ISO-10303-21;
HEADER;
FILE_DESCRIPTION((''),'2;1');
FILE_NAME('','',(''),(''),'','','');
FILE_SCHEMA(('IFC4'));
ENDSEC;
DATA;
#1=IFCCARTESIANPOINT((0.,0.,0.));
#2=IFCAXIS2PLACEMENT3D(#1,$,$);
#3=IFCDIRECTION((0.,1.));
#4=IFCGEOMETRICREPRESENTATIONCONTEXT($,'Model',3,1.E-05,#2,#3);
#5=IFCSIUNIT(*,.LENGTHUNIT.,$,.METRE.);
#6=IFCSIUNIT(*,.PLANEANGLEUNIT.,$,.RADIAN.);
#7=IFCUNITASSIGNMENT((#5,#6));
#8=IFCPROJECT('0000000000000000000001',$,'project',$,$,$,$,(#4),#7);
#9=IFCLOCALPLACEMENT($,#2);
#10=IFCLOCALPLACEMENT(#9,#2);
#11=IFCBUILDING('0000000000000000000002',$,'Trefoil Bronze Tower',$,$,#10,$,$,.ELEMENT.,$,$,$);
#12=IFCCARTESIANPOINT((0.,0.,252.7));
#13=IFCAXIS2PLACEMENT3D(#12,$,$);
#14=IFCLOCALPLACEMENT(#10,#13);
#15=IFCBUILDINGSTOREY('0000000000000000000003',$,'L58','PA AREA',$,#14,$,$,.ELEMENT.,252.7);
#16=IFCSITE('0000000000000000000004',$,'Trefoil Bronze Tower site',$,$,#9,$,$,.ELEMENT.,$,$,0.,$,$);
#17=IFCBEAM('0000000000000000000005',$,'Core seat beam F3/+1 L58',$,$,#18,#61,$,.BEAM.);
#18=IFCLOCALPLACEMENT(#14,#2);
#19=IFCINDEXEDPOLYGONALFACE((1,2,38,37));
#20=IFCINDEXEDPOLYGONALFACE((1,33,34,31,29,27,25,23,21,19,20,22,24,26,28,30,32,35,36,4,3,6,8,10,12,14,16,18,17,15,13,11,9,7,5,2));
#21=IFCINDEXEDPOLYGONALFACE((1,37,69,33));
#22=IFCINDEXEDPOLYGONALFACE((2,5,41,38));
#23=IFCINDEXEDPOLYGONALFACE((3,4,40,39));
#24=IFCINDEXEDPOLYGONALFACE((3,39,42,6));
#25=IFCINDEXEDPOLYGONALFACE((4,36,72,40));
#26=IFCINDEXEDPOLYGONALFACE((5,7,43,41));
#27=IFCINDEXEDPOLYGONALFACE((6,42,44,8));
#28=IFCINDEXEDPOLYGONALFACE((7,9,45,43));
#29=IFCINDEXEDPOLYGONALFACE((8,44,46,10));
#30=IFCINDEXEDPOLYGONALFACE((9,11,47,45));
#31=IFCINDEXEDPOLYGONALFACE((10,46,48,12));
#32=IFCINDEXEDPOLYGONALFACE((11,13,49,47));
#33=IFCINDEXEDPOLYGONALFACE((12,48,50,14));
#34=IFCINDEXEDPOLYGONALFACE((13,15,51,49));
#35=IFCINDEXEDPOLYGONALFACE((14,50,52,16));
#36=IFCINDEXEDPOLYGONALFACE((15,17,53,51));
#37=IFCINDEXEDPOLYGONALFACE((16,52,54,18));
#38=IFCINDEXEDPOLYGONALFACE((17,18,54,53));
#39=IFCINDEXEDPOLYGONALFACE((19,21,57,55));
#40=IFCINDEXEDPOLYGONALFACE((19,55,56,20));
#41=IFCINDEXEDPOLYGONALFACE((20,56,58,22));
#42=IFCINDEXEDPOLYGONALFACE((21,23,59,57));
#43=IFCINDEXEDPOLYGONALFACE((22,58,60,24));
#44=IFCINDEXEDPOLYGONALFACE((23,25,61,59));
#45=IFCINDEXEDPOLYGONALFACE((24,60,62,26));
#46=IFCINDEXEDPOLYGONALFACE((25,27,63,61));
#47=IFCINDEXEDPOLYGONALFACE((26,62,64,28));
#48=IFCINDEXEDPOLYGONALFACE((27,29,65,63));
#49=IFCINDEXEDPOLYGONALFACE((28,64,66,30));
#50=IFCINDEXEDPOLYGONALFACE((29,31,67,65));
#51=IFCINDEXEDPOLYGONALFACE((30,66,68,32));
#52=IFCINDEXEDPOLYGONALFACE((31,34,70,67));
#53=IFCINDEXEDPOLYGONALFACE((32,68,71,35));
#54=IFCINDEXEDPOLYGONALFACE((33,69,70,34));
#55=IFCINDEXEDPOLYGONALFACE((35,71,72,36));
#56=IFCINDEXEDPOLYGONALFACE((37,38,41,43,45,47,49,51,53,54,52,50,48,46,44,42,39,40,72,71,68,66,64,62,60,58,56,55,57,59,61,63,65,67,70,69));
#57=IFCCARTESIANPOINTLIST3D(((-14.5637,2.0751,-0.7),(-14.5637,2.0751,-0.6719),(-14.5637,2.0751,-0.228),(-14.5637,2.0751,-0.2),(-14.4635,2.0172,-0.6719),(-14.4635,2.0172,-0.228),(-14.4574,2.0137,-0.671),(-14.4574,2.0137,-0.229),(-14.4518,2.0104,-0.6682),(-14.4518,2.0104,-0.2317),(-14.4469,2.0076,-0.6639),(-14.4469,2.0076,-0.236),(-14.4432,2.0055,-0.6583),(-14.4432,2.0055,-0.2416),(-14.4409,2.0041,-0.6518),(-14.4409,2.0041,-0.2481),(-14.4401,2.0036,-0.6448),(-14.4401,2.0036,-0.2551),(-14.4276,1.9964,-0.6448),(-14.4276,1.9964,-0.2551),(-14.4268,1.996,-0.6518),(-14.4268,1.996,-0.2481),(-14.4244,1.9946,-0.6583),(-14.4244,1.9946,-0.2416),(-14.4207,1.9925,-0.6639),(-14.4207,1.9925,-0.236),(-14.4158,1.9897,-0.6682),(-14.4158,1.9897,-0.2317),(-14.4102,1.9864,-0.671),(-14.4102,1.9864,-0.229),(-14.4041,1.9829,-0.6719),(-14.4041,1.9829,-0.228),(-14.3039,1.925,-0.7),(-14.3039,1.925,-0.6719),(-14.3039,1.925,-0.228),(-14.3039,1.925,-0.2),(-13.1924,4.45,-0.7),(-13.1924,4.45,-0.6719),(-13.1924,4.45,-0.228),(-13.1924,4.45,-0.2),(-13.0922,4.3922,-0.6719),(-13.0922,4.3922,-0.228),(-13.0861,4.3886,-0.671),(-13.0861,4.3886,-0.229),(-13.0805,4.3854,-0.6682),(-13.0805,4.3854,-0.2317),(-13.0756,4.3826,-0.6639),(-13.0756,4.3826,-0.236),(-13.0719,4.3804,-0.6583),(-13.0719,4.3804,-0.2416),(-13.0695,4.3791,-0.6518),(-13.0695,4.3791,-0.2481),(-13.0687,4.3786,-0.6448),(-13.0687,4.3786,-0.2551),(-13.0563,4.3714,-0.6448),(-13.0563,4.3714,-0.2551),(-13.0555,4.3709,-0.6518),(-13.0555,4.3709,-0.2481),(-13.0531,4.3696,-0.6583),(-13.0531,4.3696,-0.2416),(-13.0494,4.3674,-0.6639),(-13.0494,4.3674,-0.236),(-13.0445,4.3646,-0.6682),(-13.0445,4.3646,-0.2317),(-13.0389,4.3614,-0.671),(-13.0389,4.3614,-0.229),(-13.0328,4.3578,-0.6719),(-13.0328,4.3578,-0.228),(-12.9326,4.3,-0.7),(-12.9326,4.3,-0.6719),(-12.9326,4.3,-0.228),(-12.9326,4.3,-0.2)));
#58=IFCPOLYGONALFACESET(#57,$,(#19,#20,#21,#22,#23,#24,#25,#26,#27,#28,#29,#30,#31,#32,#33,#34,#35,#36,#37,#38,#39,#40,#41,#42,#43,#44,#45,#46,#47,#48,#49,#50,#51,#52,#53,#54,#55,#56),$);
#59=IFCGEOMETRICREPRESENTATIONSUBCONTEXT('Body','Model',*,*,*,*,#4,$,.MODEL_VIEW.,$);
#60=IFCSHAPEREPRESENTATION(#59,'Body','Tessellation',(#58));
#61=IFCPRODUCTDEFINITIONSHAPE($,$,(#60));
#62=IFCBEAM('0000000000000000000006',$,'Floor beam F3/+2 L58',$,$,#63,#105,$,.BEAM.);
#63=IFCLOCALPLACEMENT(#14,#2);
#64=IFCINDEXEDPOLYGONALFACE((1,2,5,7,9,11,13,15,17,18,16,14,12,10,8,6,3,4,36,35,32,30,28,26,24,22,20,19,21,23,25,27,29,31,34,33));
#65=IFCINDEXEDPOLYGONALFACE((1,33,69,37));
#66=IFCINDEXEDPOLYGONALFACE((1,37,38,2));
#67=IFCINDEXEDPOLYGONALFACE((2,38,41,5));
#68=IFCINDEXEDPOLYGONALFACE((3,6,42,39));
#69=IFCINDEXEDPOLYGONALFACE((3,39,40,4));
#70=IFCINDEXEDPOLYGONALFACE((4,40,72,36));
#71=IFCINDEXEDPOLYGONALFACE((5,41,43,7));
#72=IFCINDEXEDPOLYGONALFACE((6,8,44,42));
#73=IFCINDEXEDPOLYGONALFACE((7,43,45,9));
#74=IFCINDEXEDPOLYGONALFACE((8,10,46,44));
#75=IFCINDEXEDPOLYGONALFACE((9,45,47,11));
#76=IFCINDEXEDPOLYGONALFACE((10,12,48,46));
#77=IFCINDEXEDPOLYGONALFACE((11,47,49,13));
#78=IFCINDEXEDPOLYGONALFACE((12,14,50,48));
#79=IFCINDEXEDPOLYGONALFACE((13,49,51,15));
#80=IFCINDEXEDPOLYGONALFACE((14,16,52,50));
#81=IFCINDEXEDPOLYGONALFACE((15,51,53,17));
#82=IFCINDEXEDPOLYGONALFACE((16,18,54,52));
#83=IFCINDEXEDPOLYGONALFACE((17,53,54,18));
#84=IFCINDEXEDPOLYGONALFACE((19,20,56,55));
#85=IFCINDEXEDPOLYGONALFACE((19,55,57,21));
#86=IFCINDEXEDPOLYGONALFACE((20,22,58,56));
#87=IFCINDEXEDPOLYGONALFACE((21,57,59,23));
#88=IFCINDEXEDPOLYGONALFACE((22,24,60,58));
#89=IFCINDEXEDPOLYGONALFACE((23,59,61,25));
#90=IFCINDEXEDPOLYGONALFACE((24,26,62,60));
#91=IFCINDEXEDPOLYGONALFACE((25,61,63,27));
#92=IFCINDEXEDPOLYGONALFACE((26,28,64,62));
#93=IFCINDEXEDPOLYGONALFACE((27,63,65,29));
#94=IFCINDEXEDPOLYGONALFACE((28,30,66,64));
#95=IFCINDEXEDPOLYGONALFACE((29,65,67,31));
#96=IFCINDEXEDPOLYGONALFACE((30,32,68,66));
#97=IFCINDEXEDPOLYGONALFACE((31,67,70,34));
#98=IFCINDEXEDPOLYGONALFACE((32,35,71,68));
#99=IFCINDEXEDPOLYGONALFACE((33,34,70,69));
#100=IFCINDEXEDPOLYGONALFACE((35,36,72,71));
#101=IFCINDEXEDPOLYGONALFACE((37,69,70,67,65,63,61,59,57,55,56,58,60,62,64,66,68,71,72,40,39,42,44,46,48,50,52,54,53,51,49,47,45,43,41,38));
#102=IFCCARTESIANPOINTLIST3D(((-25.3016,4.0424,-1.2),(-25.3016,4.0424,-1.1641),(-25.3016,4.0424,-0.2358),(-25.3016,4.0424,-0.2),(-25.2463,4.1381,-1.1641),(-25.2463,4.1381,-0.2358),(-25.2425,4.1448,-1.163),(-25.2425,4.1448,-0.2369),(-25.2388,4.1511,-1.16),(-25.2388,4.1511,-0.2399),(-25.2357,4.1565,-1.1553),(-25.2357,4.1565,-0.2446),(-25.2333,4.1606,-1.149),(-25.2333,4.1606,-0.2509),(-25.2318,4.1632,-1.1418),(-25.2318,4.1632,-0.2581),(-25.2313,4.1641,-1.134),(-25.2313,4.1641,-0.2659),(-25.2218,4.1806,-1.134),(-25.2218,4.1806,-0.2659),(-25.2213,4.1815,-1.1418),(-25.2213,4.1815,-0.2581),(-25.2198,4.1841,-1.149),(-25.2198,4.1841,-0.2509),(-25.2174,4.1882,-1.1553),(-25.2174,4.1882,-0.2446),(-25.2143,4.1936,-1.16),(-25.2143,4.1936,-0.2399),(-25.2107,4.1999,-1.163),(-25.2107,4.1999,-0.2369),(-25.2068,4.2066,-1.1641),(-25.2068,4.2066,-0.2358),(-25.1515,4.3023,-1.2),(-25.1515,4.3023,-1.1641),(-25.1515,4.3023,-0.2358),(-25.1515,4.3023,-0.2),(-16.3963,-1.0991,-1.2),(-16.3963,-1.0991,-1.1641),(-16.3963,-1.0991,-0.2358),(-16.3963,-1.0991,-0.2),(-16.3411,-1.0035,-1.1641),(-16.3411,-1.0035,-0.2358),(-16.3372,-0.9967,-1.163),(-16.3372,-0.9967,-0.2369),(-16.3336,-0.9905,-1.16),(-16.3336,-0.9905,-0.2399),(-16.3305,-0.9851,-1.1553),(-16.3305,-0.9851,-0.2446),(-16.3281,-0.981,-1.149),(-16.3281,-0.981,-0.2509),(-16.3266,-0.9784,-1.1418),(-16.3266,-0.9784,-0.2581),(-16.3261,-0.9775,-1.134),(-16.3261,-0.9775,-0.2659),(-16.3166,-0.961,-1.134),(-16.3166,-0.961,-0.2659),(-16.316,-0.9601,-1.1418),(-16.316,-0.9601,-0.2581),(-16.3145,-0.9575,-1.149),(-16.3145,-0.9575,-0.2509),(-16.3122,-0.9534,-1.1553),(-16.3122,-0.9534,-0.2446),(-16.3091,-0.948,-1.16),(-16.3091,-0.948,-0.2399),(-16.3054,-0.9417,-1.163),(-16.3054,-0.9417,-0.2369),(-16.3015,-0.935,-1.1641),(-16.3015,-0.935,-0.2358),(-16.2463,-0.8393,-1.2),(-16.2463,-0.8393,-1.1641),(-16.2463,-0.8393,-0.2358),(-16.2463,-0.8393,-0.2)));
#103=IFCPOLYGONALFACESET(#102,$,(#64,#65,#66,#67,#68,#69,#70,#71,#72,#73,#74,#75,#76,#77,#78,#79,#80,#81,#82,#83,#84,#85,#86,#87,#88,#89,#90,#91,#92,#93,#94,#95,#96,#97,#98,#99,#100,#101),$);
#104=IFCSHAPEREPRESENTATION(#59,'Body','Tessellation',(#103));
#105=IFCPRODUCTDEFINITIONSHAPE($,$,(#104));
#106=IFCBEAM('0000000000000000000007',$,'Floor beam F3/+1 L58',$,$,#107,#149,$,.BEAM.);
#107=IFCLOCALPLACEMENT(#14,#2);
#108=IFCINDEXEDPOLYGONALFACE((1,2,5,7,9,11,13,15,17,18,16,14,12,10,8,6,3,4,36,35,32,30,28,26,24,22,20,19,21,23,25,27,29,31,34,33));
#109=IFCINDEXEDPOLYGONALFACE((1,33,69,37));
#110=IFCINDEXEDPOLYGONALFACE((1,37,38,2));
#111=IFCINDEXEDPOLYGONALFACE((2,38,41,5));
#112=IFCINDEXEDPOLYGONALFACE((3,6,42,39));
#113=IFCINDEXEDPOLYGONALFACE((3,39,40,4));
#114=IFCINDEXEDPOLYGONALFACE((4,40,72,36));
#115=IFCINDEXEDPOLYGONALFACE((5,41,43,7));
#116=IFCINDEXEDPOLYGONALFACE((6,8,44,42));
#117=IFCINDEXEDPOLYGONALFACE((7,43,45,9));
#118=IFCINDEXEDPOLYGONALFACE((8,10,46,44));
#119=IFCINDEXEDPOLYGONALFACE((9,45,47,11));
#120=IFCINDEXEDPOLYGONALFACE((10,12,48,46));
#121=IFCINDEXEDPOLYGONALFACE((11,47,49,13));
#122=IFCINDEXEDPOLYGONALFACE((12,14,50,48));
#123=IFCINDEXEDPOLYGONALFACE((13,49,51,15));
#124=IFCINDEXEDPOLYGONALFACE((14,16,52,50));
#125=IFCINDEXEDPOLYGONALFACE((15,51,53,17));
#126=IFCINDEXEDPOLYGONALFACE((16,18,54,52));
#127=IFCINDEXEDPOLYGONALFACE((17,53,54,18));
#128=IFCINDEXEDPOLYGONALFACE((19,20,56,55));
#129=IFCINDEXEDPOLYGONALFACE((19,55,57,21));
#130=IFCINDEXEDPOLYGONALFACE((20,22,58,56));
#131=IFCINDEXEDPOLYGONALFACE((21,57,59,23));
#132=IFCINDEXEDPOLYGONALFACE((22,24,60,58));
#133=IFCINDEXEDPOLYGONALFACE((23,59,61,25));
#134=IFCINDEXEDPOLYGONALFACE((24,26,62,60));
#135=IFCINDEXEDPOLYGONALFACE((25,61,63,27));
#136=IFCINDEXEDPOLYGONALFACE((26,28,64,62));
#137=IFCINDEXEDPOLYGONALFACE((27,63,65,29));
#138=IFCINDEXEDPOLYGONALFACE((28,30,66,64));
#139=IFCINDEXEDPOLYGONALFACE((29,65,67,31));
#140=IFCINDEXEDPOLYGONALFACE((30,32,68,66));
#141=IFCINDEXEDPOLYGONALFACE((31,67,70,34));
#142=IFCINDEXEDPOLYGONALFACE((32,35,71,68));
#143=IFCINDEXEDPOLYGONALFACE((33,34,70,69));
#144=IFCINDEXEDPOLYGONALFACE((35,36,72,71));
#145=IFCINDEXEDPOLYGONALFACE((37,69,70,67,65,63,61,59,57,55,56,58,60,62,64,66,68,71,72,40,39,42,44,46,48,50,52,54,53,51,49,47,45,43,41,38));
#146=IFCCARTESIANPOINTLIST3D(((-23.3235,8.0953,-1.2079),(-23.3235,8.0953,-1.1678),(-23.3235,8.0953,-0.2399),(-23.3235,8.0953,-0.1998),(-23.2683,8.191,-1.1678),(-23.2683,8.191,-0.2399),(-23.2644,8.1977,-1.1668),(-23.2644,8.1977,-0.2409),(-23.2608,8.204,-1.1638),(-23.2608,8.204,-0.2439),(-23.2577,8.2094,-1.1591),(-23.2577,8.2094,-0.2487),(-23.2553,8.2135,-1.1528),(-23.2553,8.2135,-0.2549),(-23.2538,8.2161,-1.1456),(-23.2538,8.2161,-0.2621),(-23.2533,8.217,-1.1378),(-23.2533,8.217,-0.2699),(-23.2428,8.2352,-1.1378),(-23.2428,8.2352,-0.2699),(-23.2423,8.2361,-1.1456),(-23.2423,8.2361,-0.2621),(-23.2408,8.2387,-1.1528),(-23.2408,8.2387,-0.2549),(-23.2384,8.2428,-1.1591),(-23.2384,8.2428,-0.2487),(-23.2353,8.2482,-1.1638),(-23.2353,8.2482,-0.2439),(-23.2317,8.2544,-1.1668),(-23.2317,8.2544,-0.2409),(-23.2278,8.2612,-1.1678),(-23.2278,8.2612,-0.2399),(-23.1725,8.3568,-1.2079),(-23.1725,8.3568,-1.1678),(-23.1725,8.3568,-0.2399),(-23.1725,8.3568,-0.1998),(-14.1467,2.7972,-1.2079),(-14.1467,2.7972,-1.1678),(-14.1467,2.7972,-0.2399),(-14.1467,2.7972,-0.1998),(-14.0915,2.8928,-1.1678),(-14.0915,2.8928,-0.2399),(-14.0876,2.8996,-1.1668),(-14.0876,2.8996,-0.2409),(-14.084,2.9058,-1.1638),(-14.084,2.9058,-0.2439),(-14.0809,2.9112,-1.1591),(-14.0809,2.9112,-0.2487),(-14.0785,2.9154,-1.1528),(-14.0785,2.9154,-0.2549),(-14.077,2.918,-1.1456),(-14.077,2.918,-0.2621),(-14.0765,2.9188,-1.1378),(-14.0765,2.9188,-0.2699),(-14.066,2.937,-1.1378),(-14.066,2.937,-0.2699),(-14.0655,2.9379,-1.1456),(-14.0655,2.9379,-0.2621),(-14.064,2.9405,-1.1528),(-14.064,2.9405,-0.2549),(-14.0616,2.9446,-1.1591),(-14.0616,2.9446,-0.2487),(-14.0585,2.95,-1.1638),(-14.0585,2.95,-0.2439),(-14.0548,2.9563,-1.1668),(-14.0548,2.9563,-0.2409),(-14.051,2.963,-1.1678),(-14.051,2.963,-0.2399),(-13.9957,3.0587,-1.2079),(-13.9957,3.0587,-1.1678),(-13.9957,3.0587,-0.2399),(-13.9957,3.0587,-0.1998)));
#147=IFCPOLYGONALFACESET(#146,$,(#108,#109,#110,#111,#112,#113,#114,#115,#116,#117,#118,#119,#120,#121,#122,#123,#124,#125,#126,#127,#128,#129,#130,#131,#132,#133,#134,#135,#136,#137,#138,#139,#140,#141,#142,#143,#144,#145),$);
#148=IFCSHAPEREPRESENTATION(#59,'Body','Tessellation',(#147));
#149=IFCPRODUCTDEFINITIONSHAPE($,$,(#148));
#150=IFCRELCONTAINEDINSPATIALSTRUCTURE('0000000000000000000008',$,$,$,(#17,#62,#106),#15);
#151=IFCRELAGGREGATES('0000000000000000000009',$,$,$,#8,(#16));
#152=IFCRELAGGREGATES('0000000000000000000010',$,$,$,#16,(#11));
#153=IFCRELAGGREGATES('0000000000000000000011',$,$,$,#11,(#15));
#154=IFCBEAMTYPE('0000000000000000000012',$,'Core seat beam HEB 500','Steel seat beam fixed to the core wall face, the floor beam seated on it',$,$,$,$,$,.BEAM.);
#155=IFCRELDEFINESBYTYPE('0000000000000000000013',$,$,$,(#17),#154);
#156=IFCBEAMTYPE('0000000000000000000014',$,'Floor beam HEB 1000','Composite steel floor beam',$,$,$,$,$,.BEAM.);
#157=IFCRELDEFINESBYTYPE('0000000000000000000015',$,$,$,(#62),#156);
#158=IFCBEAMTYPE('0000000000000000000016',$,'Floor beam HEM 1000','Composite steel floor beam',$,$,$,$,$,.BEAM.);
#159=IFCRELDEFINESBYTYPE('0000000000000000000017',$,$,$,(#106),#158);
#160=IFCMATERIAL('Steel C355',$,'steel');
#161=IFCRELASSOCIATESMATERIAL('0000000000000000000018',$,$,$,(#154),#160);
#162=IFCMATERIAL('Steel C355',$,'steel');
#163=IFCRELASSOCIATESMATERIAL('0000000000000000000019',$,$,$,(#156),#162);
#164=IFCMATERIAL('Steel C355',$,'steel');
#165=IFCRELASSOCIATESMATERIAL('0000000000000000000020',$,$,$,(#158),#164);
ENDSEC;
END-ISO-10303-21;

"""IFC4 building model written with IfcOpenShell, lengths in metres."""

from ifc_helpers import new_model, si_unit, direction, frame, origin, origin_2d, place, context, subcontext, project, spatial, i_section, extrude, material, material_profile, profile_set, type_object, element, save


model = new_model("IFC4")

# Units and contexts
model_context = context("Model", 3, precision=1e-05, world=origin(), true_north=direction((0.0, 1.0)))
body_context = subcontext(model_context, "Body", "Model", "MODEL_VIEW")
ifc_project = project(units=[si_unit("LENGTHUNIT", "METRE"), si_unit("PLANEANGLEUNIT", "RADIAN")], contexts=[model_context])

# Site, building, storey
site_placement = place(None, origin())
site = spatial("IfcSite", under=ifc_project, at=site_placement, Name="Trefoil Bronze Tower site", CompositionType="ELEMENT", RefElevation=0.0)
building_placement = place(site_placement, origin())
building = spatial("IfcBuilding", under=site, at=building_placement, Name="Trefoil Bronze Tower", CompositionType="ELEMENT")
storey_placement = place(building_placement, frame((0.0, 0.0, 252.7)))
storey = spatial("IfcBuildingStorey", under=building, at=storey_placement, Name="L58", Description="PA AREA", CompositionType="ELEMENT", Elevation=252.7)

# Beams
ifc_material_1 = material(Name="Steel C355", Category="steel")
ifc_material_profile_1 = material_profile(ifc_material_1, i_section(OverallWidth=0.3, OverallDepth=0.5, WebThickness=0.0144, FlangeThickness=0.0281, FilletRadius=0.0271, at=origin_2d()), Name="HEB 500")
ifc_profile_set_1 = profile_set([ifc_material_profile_1], Name="Steel C355")
beam_type_1 = type_object("IfcBeamType", Name="Core seat beam HEB 500", Description="Steel seat beam fixed to the core wall face, the floor beam seated on it", PredefinedType="BEAM", material=ifc_profile_set_1)
for number, where, z_axis, x_axis, name in (
    (1, (-13.0625, 4.375, -0.45), (-0.500036, -0.866005, 0.0), (0.866005, -0.500036, 0.0), "Core seat beam F3/+1 L58"),
):
    element("IfcBeam", number, at=place(storey_placement, frame(where, z_axis=z_axis, x_axis=x_axis)), inside=storey, type_object=beam_type_1, Name=name, PredefinedType="BEAM", context=body_context, shape_type="SweptSolid", body=[
        extrude(i_section(OverallWidth=0.3, OverallDepth=0.5, WebThickness=0.0144, FlangeThickness=0.0281, FilletRadius=0.0271, at=origin_2d()), origin(), (0.0, 0.0, 1.0), 2.7424),
    ])
ifc_material_2 = material(Name="Steel C355", Category="steel")
ifc_material_profile_2 = material_profile(ifc_material_2, i_section(OverallWidth=0.3, OverallDepth=1.0, WebThickness=0.019, FlangeThickness=0.0359, FilletRadius=0.03, at=origin_2d()), Name="HEB 1000")
ifc_profile_set_2 = profile_set([ifc_material_profile_2], Name="Steel C355")
beam_type_2 = type_object("IfcBeamType", Name="Floor beam HEB 1000", Description="Composite steel floor beam", PredefinedType="BEAM", material=ifc_profile_set_2)
beam_1_placement = place(storey_placement, frame((-25.2266, 4.1724, -0.7), z_axis=(0.86602, -0.50001, 0.0), x_axis=(0.50001, 0.86602, 0.0)))
element("IfcBeam", 2, at=beam_1_placement, inside=storey, type_object=beam_type_2, Name="Floor beam F3/+2 L58", PredefinedType="BEAM", context=body_context, shape_type="SweptSolid", body=[
    extrude(i_section(OverallWidth=0.3, OverallDepth=1.0, WebThickness=0.019, FlangeThickness=0.0359, FilletRadius=0.03, at=origin_2d()), origin(), (0.0, 0.0, 1.0), 10.283),
])
ifc_material_3 = material(Name="Steel C355", Category="steel")
ifc_material_profile_3 = material_profile(ifc_material_3, i_section(OverallWidth=0.302, OverallDepth=1.0081, WebThickness=0.021, FlangeThickness=0.04, FilletRadius=0.03, at=origin_2d()), Name="HEM 1000")
ifc_profile_set_3 = profile_set([ifc_material_profile_3], Name="Steel C355")
beam_type_3 = type_object("IfcBeamType", Name="Floor beam HEM 1000", Description="Composite steel floor beam", PredefinedType="BEAM", material=ifc_profile_set_3)
beam_2_placement = place(storey_placement, frame((-23.248, 8.2261, -0.7039), z_axis=(0.86603, -0.499992, 0.0), x_axis=(0.499992, 0.86603, 0.0)))
element("IfcBeam", 3, at=beam_2_placement, inside=storey, type_object=beam_type_3, Name="Floor beam F3/+1 L58", PredefinedType="BEAM", context=body_context, shape_type="SweptSolid", body=[
    extrude(i_section(OverallWidth=0.302, OverallDepth=1.0081, WebThickness=0.021, FlangeThickness=0.04, FilletRadius=0.03, at=origin_2d()), origin(), (0.0, 0.0, 1.0), 10.5964),
])

save(model, "model.ifc")
